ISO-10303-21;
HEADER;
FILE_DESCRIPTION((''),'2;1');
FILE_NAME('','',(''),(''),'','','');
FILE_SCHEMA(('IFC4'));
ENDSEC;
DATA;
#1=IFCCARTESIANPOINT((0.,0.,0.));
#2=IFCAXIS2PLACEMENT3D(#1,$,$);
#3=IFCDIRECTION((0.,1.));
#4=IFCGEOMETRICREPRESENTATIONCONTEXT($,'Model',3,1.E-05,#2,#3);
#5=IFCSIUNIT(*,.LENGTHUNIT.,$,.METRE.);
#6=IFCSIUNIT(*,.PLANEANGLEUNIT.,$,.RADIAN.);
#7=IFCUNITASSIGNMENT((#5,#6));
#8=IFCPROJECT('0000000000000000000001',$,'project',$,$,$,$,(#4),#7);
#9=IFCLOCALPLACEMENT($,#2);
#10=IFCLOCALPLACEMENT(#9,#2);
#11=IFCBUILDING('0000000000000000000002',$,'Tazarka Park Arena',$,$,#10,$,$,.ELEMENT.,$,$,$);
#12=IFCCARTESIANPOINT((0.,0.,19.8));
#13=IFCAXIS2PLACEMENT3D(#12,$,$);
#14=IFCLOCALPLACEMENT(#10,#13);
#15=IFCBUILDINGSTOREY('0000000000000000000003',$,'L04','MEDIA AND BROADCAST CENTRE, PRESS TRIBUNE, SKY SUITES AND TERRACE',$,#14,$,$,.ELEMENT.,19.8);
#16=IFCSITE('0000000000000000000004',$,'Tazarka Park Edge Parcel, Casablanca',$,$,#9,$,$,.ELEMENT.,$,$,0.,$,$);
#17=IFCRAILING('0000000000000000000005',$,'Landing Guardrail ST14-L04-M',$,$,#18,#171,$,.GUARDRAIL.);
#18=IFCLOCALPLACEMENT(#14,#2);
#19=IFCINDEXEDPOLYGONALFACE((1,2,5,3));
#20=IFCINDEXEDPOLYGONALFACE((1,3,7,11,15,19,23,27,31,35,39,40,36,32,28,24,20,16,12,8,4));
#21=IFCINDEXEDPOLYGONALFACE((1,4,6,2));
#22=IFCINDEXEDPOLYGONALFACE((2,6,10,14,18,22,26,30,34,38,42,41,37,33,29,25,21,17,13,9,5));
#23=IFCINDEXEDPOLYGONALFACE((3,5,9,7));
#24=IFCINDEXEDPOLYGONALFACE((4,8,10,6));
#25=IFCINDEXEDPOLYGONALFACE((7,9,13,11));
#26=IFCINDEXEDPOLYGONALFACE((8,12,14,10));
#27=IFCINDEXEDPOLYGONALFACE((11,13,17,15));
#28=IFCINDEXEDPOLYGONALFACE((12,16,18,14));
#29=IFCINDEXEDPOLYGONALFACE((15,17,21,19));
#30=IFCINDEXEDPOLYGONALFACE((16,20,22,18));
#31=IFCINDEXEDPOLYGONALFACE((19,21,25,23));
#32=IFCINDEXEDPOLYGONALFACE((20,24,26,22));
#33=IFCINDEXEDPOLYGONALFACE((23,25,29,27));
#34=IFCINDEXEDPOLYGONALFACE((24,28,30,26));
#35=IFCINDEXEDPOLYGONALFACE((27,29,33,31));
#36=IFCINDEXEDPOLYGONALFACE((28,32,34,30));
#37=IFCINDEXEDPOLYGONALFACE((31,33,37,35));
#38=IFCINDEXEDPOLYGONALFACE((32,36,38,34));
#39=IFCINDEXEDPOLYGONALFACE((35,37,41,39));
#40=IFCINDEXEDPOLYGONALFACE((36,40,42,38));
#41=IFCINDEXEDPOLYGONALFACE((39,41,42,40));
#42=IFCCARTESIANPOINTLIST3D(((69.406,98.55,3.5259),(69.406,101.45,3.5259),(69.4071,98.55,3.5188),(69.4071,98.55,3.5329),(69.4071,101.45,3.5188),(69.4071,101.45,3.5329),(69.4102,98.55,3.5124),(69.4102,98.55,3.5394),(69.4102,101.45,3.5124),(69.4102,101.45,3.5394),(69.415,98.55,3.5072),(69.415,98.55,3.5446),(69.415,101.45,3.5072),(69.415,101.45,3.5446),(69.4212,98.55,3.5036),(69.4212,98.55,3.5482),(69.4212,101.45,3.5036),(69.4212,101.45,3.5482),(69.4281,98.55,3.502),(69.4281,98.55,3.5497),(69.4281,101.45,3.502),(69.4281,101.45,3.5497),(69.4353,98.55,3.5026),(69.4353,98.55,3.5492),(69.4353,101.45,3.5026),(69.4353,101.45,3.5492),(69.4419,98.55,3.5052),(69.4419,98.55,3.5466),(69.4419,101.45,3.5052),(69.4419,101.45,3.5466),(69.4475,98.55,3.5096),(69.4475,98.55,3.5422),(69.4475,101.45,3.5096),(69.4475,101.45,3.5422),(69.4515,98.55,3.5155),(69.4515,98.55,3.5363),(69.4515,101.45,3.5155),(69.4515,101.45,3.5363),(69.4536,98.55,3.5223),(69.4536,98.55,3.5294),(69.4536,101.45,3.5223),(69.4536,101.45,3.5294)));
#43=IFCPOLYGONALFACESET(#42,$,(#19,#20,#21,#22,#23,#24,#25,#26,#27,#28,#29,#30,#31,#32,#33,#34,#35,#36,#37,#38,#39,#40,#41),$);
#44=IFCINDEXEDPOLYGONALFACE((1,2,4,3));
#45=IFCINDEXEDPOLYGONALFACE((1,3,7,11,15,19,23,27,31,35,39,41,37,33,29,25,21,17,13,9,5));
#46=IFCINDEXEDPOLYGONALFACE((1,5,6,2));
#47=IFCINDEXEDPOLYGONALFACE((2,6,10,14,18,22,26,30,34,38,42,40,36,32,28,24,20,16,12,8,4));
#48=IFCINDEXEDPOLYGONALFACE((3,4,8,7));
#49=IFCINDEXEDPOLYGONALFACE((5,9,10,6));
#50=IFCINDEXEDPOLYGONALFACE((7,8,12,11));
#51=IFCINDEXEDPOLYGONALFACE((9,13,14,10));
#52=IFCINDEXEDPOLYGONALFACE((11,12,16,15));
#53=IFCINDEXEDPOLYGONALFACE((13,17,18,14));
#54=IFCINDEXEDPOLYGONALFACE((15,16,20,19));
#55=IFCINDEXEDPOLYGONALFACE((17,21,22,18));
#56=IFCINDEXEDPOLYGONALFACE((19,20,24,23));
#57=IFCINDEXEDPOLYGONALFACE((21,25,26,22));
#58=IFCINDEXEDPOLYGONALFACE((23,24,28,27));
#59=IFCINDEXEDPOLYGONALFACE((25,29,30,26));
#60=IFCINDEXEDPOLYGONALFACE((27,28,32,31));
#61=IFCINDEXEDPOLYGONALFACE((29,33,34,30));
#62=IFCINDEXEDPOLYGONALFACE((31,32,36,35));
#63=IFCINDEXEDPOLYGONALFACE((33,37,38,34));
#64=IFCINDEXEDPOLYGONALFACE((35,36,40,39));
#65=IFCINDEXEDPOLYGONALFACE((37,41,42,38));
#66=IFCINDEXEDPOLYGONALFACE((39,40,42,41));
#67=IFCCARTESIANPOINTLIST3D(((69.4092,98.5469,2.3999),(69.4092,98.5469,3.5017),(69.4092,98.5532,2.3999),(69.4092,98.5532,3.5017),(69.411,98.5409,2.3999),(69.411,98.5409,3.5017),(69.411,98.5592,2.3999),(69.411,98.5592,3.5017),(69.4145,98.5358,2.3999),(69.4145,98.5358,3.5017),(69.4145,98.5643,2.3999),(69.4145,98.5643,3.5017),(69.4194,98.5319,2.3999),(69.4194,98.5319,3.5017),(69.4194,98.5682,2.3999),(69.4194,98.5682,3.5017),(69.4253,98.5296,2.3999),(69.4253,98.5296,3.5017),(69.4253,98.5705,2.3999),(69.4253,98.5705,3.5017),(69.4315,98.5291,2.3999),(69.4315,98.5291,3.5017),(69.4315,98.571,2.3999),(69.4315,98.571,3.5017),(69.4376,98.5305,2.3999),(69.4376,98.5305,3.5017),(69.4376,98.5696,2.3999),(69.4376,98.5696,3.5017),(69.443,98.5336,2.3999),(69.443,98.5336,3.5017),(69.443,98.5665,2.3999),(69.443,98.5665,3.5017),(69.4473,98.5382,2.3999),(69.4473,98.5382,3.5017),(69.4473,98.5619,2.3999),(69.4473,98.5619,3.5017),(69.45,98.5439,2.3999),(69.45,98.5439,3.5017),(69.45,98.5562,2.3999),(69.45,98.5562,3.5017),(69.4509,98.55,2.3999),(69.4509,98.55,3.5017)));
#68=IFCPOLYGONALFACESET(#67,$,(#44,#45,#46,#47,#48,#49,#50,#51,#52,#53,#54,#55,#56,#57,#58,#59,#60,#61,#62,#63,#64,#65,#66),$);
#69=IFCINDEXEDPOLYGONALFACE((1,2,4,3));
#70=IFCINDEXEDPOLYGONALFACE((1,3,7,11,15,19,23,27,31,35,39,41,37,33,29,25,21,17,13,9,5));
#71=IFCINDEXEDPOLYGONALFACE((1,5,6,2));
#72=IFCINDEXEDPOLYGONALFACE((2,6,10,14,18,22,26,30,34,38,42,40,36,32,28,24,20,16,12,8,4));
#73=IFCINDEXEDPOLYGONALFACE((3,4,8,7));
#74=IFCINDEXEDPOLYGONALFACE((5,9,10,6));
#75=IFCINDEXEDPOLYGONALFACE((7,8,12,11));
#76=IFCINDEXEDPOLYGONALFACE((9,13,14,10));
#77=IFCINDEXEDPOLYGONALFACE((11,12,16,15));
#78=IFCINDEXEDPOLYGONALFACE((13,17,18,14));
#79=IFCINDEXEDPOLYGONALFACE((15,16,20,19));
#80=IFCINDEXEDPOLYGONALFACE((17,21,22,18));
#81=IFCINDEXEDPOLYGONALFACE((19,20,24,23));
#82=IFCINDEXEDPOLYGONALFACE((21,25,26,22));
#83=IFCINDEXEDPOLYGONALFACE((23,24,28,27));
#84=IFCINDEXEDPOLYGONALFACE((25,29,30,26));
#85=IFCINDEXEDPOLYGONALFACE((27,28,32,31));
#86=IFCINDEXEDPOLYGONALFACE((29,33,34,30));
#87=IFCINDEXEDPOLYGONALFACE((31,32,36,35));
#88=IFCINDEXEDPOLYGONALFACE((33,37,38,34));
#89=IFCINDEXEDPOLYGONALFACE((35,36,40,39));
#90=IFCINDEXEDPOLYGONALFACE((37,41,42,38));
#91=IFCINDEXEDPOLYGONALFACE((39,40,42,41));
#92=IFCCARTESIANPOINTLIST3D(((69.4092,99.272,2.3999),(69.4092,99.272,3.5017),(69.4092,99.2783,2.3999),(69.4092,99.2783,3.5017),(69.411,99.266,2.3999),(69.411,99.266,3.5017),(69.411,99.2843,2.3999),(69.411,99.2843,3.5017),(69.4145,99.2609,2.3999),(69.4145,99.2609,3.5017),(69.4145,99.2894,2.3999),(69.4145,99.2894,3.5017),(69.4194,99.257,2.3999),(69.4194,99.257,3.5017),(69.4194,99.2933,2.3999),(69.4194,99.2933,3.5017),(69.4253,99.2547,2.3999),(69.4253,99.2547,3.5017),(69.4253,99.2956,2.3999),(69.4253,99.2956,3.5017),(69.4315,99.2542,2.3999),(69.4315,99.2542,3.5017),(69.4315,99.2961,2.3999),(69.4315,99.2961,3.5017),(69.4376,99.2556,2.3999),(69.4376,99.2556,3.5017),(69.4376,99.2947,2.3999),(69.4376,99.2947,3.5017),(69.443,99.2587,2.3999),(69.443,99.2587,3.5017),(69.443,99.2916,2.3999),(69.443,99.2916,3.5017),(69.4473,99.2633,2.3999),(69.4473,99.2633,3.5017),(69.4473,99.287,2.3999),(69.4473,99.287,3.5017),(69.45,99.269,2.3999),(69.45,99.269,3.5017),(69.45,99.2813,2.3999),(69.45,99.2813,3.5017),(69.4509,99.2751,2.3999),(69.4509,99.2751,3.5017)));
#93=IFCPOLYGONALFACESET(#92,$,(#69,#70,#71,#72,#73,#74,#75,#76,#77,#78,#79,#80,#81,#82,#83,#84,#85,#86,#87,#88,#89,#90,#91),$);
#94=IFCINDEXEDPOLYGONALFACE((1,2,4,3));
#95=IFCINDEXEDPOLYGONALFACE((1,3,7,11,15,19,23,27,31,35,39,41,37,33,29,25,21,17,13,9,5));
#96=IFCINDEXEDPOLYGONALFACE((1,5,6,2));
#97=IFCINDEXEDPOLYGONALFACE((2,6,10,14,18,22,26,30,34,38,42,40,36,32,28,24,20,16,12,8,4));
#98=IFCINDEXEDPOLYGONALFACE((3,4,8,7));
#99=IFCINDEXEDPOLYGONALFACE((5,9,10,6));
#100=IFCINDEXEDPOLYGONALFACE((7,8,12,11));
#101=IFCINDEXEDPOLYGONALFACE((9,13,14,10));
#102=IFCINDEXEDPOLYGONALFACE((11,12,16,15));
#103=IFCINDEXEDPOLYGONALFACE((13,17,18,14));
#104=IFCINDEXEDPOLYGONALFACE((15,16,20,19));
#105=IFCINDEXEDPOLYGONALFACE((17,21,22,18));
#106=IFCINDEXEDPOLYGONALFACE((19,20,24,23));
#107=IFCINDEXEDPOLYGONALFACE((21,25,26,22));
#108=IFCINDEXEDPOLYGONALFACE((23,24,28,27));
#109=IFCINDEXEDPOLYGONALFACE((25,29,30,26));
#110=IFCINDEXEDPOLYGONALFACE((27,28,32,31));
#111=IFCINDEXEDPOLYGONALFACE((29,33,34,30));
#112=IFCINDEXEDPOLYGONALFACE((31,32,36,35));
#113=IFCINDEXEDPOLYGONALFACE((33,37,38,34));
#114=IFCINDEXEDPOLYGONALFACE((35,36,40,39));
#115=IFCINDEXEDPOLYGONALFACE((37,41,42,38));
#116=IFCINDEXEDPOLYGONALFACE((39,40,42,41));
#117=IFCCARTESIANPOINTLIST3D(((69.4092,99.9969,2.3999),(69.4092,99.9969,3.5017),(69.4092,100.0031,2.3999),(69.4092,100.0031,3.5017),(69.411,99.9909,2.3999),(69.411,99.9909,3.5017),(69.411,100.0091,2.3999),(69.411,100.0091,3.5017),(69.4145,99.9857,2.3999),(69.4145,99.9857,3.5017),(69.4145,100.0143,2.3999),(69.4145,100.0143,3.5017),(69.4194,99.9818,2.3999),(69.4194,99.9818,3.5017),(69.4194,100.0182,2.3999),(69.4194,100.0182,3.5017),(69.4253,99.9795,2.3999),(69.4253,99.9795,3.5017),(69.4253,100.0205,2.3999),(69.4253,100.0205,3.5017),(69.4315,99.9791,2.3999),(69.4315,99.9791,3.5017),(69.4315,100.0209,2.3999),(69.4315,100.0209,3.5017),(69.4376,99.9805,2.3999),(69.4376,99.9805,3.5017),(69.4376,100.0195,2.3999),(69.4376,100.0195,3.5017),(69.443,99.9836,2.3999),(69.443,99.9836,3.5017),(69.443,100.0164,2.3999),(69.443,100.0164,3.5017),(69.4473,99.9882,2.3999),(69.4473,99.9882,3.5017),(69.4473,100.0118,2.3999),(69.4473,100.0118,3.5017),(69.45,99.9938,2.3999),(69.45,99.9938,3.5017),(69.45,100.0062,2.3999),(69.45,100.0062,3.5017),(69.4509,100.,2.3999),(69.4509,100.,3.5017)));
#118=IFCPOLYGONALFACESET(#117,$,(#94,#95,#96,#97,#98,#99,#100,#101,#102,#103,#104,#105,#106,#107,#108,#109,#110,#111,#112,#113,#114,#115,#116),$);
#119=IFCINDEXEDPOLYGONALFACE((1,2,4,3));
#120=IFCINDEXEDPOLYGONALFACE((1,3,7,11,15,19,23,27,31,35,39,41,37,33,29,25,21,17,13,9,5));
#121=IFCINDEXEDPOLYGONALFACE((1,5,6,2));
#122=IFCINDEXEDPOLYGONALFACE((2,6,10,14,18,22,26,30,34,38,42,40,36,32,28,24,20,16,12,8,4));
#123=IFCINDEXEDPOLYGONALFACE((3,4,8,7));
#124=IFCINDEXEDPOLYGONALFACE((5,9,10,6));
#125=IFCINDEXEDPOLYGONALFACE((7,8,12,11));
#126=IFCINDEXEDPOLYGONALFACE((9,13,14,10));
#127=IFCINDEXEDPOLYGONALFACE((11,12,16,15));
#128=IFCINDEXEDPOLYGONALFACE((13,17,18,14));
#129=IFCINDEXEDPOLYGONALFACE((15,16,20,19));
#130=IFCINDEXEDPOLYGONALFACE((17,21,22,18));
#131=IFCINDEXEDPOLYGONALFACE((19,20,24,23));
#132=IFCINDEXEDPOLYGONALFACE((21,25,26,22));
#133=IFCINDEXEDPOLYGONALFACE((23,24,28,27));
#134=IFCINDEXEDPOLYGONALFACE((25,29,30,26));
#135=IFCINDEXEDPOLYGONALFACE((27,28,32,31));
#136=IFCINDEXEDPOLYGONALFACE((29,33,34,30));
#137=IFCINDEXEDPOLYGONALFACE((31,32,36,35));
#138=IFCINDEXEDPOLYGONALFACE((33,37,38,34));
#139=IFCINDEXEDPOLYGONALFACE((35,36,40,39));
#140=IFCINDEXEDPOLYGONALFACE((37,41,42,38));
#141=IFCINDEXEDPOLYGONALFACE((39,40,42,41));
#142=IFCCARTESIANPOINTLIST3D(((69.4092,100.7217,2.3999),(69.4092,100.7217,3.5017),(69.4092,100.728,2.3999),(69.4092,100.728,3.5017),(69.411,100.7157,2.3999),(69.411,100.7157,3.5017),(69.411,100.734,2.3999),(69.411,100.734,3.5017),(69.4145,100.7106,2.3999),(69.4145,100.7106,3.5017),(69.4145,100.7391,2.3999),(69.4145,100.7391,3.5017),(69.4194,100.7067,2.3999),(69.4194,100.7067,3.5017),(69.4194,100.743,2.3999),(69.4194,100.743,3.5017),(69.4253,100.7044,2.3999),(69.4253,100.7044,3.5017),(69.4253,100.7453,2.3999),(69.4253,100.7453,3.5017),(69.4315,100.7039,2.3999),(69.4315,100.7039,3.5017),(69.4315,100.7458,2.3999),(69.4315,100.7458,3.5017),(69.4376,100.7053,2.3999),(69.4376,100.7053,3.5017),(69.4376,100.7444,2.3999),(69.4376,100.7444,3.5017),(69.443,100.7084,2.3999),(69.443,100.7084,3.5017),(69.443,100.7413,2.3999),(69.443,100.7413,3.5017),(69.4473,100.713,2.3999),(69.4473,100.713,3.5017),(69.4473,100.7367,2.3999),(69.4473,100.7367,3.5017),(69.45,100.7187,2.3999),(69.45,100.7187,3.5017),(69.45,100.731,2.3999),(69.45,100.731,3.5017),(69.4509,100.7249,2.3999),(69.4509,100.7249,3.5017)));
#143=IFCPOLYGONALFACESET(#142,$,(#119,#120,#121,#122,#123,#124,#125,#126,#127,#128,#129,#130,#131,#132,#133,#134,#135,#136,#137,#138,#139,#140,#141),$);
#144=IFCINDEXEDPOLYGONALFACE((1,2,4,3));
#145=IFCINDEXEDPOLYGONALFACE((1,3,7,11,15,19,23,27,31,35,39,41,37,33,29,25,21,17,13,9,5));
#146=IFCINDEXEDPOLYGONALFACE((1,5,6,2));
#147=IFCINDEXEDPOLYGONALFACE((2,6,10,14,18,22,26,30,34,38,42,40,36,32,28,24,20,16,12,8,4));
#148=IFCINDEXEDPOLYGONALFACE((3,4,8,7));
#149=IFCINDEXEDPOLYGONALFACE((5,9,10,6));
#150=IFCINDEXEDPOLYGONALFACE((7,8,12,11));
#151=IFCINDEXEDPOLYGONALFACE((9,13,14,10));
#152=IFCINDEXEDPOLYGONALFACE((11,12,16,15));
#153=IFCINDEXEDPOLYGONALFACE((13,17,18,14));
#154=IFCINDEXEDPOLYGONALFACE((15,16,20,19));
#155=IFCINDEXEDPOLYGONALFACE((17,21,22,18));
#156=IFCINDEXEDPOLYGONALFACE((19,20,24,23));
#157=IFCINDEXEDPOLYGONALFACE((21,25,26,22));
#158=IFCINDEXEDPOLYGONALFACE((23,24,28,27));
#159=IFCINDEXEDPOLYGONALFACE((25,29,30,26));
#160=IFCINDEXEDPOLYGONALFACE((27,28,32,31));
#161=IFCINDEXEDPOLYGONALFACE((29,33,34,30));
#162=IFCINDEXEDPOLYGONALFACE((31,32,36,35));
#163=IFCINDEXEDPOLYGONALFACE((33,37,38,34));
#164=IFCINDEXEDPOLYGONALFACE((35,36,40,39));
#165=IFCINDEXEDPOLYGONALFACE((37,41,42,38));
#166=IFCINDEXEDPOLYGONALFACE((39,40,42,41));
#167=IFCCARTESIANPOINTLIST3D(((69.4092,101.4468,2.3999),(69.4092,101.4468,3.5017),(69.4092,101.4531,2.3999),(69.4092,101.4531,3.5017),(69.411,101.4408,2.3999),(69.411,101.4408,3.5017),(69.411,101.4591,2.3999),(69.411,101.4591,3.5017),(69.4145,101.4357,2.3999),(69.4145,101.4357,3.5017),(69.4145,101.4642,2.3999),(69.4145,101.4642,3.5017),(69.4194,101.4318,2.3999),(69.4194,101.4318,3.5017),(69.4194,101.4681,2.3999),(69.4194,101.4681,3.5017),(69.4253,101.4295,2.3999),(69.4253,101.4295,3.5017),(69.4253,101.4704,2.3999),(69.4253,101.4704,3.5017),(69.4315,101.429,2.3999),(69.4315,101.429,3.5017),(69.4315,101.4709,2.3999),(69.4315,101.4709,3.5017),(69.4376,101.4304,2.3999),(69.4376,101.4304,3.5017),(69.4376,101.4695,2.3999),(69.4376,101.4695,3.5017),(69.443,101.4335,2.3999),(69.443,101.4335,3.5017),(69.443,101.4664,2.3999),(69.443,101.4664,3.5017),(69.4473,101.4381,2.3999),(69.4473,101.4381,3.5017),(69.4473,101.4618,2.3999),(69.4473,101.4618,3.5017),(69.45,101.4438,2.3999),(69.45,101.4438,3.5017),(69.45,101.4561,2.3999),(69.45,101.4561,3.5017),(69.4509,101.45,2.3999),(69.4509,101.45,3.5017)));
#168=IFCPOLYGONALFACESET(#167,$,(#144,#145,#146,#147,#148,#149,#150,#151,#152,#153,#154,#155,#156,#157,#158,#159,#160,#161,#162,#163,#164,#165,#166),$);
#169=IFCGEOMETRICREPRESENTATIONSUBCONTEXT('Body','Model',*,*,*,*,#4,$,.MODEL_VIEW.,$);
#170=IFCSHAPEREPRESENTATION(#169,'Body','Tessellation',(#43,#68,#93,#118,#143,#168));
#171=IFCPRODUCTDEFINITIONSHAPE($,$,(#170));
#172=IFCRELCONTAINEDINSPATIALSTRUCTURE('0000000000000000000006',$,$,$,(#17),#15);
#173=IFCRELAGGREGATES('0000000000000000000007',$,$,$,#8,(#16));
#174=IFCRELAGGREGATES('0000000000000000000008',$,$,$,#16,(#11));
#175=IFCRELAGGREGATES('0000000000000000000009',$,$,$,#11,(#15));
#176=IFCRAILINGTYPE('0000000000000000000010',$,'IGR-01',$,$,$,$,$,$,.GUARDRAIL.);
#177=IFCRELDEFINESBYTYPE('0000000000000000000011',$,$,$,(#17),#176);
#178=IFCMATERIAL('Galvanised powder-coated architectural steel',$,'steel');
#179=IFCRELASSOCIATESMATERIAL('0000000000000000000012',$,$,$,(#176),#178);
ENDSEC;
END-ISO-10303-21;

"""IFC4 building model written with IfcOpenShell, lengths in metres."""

from ifc_helpers import new_model, si_unit, direction, frame, origin, origin_2d, place, context, subcontext, project, spatial, circle, extrude, material, type_object, element, save


model = new_model("IFC4")

# Units and contexts
model_context = context("Model", 3, precision=1e-05, world=origin(), true_north=direction((0.0, 1.0)))
body_context = subcontext(model_context, "Body", "Model", "MODEL_VIEW")
ifc_project = project(units=[si_unit("LENGTHUNIT", "METRE"), si_unit("PLANEANGLEUNIT", "RADIAN")], contexts=[model_context])

# Site, building, storey
site_placement = place(None, origin())
site = spatial("IfcSite", under=ifc_project, at=site_placement, Name="Tazarka Park Edge Parcel, Casablanca", CompositionType="ELEMENT", RefElevation=0.0)
building_placement = place(site_placement, origin())
building = spatial("IfcBuilding", under=site, at=building_placement, Name="Tazarka Park Arena", CompositionType="ELEMENT")
storey_placement = place(building_placement, frame((0.0, 0.0, 19.8)))
storey = spatial("IfcBuildingStorey", under=building, at=storey_placement, Name="L04", Description="MEDIA AND BROADCAST CENTRE, PRESS TRIBUNE, SKY SUITES AND TERRACE", CompositionType="ELEMENT", Elevation=19.8)

# Railing
ifc_material_1 = material(Name="Galvanised powder-coated architectural steel", Category="steel")
railing_type_1 = type_object("IfcRailingType", Name="IGR-01", PredefinedType="GUARDRAIL", material=ifc_material_1)
for number, where, name in (
    (1, (69.4299, 98.55, 2.3999), "Landing Guardrail ST14-L04-M"),
):
    element("IfcRailing", number, at=place(storey_placement, frame(where)), inside=storey, type_object=railing_type_1, Name=name, PredefinedType="GUARDRAIL", context=body_context, shape_type="SweptSolid", body=[
        extrude(circle(Radius=0.0239, at=origin_2d()), frame((0.0, 0.0, 1.126), z_axis=(0.0, 1.0, 0.0), x_axis=(-1.0, 0.0, 0.0)), (0.0, 0.0, 1.0), 2.8999),
        extrude(circle(Radius=0.021, at=origin_2d()), origin(), (0.0, 0.0, 1.0), 1.1018),
        extrude(circle(Radius=0.021, at=origin_2d()), frame((0.0, 0.7251, 0.0)), (0.0, 0.0, 1.0), 1.1018),
        extrude(circle(Radius=0.021, at=origin_2d()), frame((0.0, 1.45, 0.0)), (0.0, 0.0, 1.0), 1.1018),
        extrude(circle(Radius=0.021, at=origin_2d()), frame((0.0, 2.1748, 0.0)), (0.0, 0.0, 1.0), 1.1018),
        extrude(circle(Radius=0.021, at=origin_2d()), frame((0.0, 2.8999, 0.0)), (0.0, 0.0, 1.0), 1.1018),
    ])

save(model, "model.ifc")
